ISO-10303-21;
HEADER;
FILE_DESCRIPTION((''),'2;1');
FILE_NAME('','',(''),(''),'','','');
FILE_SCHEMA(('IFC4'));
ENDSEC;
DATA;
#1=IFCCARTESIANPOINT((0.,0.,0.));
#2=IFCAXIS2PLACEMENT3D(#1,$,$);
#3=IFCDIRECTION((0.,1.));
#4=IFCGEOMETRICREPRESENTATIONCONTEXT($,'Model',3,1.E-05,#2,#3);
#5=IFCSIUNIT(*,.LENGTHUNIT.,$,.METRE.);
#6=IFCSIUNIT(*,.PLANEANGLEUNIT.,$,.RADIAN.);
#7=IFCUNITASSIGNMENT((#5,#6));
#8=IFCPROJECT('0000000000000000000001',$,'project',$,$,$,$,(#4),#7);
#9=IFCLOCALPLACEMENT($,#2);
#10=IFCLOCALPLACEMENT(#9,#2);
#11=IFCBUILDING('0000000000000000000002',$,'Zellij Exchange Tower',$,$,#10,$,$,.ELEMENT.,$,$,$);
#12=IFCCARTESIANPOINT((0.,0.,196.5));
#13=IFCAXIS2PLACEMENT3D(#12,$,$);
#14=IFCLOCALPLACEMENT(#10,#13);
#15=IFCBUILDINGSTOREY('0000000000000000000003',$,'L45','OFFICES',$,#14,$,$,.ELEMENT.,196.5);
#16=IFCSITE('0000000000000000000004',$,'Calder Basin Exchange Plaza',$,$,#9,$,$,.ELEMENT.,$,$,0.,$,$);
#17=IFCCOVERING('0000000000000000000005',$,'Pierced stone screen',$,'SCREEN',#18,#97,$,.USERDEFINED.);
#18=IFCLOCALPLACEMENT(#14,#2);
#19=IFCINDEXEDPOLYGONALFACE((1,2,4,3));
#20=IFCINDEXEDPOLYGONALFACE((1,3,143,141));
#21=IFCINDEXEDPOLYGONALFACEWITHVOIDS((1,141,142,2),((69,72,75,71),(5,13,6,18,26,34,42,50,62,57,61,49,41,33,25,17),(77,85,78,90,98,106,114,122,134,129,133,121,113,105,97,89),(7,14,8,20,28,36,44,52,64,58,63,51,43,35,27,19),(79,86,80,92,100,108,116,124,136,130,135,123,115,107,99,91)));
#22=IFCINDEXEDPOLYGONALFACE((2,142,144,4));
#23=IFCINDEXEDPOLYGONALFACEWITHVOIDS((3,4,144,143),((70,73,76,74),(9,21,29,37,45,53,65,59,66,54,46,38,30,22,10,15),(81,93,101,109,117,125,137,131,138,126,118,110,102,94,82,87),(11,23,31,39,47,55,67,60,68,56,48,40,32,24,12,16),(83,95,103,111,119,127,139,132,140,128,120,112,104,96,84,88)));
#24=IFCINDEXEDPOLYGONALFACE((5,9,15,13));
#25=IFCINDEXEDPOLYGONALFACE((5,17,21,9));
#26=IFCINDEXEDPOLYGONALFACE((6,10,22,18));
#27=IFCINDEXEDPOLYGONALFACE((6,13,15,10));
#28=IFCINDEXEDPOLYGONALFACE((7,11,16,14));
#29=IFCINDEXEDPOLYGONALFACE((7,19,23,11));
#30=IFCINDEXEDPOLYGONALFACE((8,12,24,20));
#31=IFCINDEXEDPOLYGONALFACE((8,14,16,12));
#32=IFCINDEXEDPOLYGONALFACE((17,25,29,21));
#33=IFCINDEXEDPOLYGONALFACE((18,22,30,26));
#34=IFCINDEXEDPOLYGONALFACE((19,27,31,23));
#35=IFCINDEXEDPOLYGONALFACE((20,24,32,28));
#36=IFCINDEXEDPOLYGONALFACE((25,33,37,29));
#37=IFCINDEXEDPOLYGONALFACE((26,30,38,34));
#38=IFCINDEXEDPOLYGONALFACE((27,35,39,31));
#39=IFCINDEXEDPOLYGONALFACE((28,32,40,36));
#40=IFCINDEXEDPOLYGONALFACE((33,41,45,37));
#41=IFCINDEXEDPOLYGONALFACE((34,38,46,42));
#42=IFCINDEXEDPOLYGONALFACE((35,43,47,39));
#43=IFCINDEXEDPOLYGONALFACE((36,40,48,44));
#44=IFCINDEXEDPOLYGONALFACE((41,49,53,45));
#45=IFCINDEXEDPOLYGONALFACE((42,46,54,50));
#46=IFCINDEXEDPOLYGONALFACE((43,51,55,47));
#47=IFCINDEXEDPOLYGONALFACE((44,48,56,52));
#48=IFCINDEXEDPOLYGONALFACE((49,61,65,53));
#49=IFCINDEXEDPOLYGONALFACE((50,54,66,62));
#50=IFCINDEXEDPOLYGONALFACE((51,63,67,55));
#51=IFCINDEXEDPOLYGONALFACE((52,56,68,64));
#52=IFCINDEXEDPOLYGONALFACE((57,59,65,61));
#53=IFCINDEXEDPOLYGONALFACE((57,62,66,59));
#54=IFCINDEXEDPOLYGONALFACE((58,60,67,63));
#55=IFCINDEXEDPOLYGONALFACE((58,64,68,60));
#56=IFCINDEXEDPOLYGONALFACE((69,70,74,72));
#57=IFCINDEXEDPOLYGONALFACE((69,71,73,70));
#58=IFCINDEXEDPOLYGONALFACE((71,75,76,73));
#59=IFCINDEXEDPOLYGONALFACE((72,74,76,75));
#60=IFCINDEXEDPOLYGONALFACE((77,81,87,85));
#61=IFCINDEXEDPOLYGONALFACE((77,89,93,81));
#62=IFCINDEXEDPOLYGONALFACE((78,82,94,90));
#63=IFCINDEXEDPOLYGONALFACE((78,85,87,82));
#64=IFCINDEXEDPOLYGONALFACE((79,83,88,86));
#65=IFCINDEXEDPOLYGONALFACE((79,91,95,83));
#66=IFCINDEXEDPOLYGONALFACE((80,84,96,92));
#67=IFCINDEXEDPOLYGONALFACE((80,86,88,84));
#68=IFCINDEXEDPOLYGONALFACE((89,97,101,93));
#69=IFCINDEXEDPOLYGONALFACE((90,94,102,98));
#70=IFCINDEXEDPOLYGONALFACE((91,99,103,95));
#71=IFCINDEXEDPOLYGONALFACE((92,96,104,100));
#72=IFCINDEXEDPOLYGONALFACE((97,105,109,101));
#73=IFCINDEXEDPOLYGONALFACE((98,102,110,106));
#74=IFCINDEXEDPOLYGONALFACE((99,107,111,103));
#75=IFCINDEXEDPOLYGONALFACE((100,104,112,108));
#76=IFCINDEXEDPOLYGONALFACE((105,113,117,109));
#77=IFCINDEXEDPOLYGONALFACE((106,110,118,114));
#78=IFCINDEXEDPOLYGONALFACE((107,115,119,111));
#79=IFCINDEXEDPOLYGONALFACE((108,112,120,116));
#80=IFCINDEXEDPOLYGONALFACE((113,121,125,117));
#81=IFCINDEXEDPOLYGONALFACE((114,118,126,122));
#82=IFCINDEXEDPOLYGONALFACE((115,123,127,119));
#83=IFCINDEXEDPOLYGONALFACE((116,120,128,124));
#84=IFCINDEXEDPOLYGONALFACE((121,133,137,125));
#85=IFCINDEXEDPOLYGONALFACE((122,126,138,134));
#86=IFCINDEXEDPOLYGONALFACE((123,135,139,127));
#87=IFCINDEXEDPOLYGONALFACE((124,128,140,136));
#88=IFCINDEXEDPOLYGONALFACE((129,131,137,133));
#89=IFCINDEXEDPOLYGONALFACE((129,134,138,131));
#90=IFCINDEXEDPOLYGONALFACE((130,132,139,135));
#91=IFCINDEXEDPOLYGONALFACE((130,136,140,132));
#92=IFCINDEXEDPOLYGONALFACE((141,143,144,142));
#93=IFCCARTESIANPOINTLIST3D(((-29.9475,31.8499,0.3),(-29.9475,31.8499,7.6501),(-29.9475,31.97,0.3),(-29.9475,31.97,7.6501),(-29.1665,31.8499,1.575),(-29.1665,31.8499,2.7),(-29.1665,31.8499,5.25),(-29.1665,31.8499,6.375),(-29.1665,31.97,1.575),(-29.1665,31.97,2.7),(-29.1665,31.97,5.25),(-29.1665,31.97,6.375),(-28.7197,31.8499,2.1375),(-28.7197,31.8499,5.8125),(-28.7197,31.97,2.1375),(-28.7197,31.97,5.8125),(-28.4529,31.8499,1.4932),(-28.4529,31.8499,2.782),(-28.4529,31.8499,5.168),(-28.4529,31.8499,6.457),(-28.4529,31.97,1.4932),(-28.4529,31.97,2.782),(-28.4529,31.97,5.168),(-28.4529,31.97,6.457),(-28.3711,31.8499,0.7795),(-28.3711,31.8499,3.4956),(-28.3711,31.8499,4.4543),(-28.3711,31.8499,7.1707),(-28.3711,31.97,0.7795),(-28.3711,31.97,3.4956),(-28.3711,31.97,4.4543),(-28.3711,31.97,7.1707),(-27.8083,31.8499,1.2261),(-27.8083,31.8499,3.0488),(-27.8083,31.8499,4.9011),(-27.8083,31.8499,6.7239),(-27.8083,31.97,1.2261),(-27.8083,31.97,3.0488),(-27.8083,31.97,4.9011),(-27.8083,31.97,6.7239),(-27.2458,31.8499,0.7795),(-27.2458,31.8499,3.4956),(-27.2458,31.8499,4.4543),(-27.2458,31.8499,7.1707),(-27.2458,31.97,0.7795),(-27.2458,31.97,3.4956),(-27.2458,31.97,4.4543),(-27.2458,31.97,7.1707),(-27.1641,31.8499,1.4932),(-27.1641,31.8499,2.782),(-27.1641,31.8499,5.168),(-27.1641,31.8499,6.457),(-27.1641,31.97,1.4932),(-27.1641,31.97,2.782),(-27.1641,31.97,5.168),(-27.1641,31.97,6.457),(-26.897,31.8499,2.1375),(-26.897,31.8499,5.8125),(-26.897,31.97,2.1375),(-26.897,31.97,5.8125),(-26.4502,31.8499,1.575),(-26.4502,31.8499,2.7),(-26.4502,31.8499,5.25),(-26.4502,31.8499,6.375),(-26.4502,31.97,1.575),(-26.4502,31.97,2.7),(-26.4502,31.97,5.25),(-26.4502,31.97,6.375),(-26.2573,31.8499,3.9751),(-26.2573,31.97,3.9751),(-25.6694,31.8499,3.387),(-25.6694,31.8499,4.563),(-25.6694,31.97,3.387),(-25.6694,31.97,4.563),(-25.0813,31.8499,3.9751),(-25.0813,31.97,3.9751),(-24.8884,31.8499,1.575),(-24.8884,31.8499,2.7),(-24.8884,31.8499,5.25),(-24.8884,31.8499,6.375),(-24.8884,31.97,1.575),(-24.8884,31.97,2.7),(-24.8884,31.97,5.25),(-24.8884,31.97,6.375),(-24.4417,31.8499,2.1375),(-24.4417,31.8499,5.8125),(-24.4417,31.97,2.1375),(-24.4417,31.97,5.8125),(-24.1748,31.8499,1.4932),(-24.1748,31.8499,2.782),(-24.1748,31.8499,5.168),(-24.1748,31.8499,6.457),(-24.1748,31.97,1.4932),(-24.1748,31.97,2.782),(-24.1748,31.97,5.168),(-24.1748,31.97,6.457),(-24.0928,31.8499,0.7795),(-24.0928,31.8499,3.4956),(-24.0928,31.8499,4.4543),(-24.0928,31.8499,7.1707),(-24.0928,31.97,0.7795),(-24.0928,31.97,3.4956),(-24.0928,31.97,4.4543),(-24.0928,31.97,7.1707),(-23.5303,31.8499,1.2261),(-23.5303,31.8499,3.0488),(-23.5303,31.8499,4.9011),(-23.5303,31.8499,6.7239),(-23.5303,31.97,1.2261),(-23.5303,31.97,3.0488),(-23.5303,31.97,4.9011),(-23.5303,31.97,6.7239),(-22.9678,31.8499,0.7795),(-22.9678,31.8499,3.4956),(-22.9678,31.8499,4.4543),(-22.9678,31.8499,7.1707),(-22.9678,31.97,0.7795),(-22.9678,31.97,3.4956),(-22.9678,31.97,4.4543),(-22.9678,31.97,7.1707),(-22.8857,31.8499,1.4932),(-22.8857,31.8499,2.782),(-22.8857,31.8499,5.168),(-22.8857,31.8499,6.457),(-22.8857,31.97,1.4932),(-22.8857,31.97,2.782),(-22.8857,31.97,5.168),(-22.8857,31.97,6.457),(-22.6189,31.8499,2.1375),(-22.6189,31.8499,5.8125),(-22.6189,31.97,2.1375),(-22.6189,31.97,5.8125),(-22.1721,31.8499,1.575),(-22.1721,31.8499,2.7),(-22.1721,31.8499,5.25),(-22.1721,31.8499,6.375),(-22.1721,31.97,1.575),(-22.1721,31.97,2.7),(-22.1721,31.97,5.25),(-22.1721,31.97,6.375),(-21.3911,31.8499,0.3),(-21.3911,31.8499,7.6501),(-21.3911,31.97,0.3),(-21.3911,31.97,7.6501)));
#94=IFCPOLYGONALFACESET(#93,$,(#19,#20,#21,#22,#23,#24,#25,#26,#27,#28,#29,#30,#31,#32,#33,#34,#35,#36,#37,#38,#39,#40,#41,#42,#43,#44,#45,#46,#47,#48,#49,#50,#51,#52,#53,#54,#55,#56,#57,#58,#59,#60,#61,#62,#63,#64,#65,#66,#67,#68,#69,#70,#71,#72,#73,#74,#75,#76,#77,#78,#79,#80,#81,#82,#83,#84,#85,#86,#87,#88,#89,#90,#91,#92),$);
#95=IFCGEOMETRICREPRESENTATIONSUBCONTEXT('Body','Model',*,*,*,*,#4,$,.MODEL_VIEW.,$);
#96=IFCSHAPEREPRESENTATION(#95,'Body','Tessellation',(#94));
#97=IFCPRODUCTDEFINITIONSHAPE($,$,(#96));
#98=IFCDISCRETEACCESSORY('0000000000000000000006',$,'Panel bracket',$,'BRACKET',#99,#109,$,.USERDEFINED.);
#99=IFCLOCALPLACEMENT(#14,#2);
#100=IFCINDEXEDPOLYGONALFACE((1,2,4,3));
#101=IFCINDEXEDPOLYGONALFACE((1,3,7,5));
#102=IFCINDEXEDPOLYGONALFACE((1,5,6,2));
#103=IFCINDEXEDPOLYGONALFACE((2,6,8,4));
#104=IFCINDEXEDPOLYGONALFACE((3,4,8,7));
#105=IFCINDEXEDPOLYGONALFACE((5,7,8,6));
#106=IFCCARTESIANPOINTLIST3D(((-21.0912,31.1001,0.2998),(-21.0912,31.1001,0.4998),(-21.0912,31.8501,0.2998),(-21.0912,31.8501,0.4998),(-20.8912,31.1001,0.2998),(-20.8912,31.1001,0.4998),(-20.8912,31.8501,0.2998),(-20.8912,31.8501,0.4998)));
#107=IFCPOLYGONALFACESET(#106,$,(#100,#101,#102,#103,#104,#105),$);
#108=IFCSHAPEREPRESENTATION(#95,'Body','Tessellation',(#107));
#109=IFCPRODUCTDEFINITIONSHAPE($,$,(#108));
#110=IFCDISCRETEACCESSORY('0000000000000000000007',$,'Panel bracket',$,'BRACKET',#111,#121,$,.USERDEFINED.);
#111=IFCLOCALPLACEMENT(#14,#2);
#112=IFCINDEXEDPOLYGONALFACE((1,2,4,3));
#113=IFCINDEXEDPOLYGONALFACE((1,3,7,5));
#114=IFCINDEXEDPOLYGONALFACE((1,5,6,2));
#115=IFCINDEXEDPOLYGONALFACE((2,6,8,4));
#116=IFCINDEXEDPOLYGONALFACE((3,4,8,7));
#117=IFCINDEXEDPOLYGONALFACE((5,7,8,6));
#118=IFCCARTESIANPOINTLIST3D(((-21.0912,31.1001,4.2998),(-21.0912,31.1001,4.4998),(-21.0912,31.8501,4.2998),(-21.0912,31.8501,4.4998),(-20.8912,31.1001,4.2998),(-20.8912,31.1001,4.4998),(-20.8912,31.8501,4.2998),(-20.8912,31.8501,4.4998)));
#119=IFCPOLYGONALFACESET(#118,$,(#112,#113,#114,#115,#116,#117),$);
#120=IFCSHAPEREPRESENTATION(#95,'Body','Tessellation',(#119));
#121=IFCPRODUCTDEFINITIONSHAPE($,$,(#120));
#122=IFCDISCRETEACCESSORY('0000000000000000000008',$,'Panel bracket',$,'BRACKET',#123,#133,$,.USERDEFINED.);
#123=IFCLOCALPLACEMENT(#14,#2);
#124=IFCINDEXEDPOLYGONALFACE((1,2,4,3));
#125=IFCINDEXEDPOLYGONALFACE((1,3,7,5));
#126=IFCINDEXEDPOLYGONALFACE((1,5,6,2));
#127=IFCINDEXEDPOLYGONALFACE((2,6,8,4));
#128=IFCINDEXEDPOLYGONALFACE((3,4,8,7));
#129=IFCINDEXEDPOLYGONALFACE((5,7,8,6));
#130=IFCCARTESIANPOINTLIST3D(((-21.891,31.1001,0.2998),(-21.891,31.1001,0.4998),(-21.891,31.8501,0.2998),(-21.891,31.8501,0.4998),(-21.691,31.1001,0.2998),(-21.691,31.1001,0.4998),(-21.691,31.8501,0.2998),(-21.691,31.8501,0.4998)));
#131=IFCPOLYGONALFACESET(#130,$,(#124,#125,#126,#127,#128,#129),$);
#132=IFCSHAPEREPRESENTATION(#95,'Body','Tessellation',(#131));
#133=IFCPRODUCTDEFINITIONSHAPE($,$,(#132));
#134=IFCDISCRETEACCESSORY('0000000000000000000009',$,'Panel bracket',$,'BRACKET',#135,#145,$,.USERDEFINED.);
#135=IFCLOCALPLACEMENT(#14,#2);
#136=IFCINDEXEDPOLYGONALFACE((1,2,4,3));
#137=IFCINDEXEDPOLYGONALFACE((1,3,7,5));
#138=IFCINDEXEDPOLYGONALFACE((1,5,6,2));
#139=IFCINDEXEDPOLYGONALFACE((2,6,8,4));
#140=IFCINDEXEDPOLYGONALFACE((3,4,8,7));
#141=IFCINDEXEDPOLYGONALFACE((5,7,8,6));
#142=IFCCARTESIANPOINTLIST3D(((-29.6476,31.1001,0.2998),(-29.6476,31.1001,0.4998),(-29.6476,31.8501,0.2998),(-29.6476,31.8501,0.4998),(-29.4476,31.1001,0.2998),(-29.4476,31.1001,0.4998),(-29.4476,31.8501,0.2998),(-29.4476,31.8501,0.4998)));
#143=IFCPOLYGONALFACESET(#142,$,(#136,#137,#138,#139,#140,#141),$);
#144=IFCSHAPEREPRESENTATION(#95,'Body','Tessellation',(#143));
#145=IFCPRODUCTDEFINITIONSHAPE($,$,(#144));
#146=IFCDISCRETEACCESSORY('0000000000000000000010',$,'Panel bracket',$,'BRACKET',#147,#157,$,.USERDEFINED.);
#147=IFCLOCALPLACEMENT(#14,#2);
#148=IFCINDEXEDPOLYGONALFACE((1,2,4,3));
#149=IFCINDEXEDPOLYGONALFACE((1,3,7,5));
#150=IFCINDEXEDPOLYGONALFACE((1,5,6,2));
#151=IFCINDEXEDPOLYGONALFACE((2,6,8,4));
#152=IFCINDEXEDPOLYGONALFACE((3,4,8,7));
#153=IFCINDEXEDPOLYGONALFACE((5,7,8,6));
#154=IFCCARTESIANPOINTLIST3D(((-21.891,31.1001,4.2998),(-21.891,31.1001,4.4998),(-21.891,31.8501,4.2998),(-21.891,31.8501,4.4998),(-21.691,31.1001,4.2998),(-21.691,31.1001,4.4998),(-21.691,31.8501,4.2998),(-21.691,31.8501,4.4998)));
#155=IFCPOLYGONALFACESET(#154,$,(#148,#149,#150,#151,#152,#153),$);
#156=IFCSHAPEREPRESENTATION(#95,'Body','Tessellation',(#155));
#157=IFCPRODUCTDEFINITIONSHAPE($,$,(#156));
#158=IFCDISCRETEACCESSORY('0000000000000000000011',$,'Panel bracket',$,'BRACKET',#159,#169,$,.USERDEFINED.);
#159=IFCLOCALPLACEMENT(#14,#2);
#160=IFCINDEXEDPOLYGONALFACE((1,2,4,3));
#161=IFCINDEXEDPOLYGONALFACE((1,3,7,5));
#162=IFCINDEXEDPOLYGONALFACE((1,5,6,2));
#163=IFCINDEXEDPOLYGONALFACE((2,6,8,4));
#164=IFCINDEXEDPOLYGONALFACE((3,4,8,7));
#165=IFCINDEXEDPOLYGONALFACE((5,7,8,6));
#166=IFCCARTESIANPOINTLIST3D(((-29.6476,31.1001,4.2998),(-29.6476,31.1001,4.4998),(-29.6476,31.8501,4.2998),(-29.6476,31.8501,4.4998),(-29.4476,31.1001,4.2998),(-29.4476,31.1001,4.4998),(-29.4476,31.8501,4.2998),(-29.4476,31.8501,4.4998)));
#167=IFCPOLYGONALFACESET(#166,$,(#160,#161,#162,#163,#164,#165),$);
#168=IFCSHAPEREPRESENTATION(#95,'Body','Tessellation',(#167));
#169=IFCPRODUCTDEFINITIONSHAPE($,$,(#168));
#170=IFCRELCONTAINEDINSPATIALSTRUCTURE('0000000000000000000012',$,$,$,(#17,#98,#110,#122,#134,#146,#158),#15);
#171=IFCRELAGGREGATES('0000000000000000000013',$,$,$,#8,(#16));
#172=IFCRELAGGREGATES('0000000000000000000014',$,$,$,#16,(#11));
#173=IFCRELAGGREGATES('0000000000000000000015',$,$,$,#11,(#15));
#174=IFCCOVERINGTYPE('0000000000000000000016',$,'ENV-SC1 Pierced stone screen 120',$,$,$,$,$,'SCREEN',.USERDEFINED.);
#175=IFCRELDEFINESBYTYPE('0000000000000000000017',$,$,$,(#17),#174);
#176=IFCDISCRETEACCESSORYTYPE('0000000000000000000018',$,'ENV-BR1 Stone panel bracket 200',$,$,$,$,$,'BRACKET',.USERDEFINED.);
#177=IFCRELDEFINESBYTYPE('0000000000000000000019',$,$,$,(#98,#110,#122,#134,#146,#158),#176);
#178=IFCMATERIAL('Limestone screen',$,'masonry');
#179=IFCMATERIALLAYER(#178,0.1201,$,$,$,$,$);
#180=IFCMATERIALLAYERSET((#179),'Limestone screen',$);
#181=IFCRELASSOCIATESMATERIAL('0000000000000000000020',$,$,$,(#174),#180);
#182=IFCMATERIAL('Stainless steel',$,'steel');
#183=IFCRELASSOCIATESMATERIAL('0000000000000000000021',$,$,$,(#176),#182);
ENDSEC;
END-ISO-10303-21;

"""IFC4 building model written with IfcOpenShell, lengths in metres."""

from ifc_helpers import new_model, si_unit, direction, frame, origin, origin_2d, place, context, subcontext, project, spatial, polyline, rectangle, outline, extrude, material, layer, layer_set, type_object, element, save


model = new_model("IFC4")

# Units and contexts
model_context = context("Model", 3, precision=1e-05, world=origin(), true_north=direction((0.0, 1.0)))
body_context = subcontext(model_context, "Body", "Model", "MODEL_VIEW")
ifc_project = project(units=[si_unit("LENGTHUNIT", "METRE"), si_unit("PLANEANGLEUNIT", "RADIAN")], contexts=[model_context])

# Site, building, storey
site_placement = place(None, origin())
site = spatial("IfcSite", under=ifc_project, at=site_placement, Name="Calder Basin Exchange Plaza", CompositionType="ELEMENT", RefElevation=0.0)
building_placement = place(site_placement, origin())
building = spatial("IfcBuilding", under=site, at=building_placement, Name="Zellij Exchange Tower", CompositionType="ELEMENT")
storey_placement = place(building_placement, frame((0.0, 0.0, 196.5)))
storey = spatial("IfcBuildingStorey", under=building, at=storey_placement, Name="L45", Description="OFFICES", CompositionType="ELEMENT", Elevation=196.5)

# Covering
ifc_material_1 = material(Name="Limestone screen", Category="masonry")
ifc_layer_1 = layer(ifc_material_1, 0.1201)
ifc_layer_set_1 = layer_set([ifc_layer_1], Name="Limestone screen")
covering_type = type_object("IfcCoveringType", Name="ENV-SC1 Pierced stone screen 120", ElementType="SCREEN", PredefinedType="USERDEFINED", material=ifc_layer_set_1)
covering_placement = place(storey_placement, frame((-21.3911, 31.9099, 0.3), z_axis=(0.0, 0.0, 1.0), x_axis=(-1.0, 0.0, 0.0)))
element("IfcCovering", 1, at=covering_placement, inside=storey, type_object=covering_type, Name="Pierced stone screen", ObjectType="SCREEN", PredefinedType="USERDEFINED", context=body_context, shape_type="SweptSolid", body=[
    extrude(outline(polyline([(0.0, 0.0), (8.5564, 0.0), (8.5564, 7.3501), (0.0, 7.3501), (0.0, 0.0)]), holes=[polyline([(3.4973, 2.3999), (2.7837, 2.4819), (2.7017, 3.1956), (2.1392, 2.7488), (1.5767, 3.1956), (1.4946, 2.4819), (0.781, 2.3999), (1.2278, 1.8374), (0.781, 1.2749), (1.4946, 1.1931), (1.5767, 0.4795), (2.1392, 0.926), (2.7017, 0.4795), (2.7837, 1.1931), (3.4973, 1.2749), (3.0505, 1.8374), (3.4973, 2.3999)]), polyline([(3.4973, 6.075), (2.7837, 6.157), (2.7017, 6.8706), (2.1392, 6.4238), (1.5767, 6.8706), (1.4946, 6.157), (0.781, 6.075), (1.2278, 5.5125), (0.781, 4.95), (1.4946, 4.8679), (1.5767, 4.1543), (2.1392, 4.6011), (2.7017, 4.1543), (2.7837, 4.8679), (3.4973, 4.95), (3.0505, 5.5125), (3.4973, 6.075)]), polyline([(7.7754, 2.3999), (7.0618, 2.4819), (6.98, 3.1956), (6.4172, 2.7488), (5.8547, 3.1956), (5.7729, 2.4819), (5.0591, 2.3999), (5.5059, 1.8374), (5.0591, 1.2749), (5.7729, 1.1931), (5.8547, 0.4795), (6.4172, 0.926), (6.98, 0.4795), (7.0618, 1.1931), (7.7754, 1.2749), (7.3286, 1.8374), (7.7754, 2.3999)]), polyline([(7.7754, 6.075), (7.0618, 6.157), (6.98, 6.8706), (6.4172, 6.4238), (5.8547, 6.8706), (5.7729, 6.157), (5.0591, 6.075), (5.5059, 5.5125), (5.0591, 4.95), (5.7729, 4.8679), (5.8547, 4.1543), (6.4172, 4.6011), (6.98, 4.1543), (7.0618, 4.8679), (7.7754, 4.95), (7.3286, 5.5125), (7.7754, 6.075)]), polyline([(4.8662, 3.675), (4.2783, 4.2629), (3.6902, 3.675), (4.2783, 3.0869), (4.8662, 3.675)])]), frame((0.0, 0.0601, 0.0), z_axis=(0.0, -1.0, 0.0), x_axis=(1.0, 0.0, 0.0)), (0.0, 0.0, 1.0), 0.1201),
])

# Discrete accessories
ifc_material_2 = material(Name="Stainless steel", Category="steel")
discrete_accessory_type = type_object("IfcDiscreteAccessoryType", Name="ENV-BR1 Stone panel bracket 200", ElementType="BRACKET", PredefinedType="USERDEFINED", material=ifc_material_2)
for number, where, z_axis, x_axis, name in (
    (2, (-20.9912, 31.4751, 0.2998), (0.0, 0.0, 1.0), (-1.0, 0.0, 0.0), "Panel bracket"),
    (3, (-20.9912, 31.4751, 4.2998), (0.0, 0.0, 1.0), (-1.0, 0.0, 0.0), "Panel bracket"),
    (4, (-21.791, 31.4751, 0.2998), (0.0, 0.0, 1.0), (-1.0, 0.0, 0.0), "Panel bracket"),
    (5, (-29.5476, 31.4751, 0.2998), (0.0, 0.0, 1.0), (-1.0, 0.0, 0.0), "Panel bracket"),
    (6, (-21.791, 31.4751, 4.2998), (0.0, 0.0, 1.0), (-1.0, 0.0, 0.0), "Panel bracket"),
    (7, (-29.5476, 31.4751, 4.2998), (0.0, 0.0, 1.0), (-1.0, 0.0, 0.0), "Panel bracket"),
):
    element("IfcDiscreteAccessory", number, at=place(storey_placement, frame(where, z_axis=z_axis, x_axis=x_axis)), inside=storey, type_object=discrete_accessory_type, Name=name, ObjectType="BRACKET", PredefinedType="USERDEFINED", context=body_context, shape_type="SweptSolid", body=[
        extrude(rectangle(XDim=0.2, YDim=0.75, at=origin_2d()), origin(), (0.0, 0.0, 1.0), 0.2),
    ])

save(model, "model.ifc")
